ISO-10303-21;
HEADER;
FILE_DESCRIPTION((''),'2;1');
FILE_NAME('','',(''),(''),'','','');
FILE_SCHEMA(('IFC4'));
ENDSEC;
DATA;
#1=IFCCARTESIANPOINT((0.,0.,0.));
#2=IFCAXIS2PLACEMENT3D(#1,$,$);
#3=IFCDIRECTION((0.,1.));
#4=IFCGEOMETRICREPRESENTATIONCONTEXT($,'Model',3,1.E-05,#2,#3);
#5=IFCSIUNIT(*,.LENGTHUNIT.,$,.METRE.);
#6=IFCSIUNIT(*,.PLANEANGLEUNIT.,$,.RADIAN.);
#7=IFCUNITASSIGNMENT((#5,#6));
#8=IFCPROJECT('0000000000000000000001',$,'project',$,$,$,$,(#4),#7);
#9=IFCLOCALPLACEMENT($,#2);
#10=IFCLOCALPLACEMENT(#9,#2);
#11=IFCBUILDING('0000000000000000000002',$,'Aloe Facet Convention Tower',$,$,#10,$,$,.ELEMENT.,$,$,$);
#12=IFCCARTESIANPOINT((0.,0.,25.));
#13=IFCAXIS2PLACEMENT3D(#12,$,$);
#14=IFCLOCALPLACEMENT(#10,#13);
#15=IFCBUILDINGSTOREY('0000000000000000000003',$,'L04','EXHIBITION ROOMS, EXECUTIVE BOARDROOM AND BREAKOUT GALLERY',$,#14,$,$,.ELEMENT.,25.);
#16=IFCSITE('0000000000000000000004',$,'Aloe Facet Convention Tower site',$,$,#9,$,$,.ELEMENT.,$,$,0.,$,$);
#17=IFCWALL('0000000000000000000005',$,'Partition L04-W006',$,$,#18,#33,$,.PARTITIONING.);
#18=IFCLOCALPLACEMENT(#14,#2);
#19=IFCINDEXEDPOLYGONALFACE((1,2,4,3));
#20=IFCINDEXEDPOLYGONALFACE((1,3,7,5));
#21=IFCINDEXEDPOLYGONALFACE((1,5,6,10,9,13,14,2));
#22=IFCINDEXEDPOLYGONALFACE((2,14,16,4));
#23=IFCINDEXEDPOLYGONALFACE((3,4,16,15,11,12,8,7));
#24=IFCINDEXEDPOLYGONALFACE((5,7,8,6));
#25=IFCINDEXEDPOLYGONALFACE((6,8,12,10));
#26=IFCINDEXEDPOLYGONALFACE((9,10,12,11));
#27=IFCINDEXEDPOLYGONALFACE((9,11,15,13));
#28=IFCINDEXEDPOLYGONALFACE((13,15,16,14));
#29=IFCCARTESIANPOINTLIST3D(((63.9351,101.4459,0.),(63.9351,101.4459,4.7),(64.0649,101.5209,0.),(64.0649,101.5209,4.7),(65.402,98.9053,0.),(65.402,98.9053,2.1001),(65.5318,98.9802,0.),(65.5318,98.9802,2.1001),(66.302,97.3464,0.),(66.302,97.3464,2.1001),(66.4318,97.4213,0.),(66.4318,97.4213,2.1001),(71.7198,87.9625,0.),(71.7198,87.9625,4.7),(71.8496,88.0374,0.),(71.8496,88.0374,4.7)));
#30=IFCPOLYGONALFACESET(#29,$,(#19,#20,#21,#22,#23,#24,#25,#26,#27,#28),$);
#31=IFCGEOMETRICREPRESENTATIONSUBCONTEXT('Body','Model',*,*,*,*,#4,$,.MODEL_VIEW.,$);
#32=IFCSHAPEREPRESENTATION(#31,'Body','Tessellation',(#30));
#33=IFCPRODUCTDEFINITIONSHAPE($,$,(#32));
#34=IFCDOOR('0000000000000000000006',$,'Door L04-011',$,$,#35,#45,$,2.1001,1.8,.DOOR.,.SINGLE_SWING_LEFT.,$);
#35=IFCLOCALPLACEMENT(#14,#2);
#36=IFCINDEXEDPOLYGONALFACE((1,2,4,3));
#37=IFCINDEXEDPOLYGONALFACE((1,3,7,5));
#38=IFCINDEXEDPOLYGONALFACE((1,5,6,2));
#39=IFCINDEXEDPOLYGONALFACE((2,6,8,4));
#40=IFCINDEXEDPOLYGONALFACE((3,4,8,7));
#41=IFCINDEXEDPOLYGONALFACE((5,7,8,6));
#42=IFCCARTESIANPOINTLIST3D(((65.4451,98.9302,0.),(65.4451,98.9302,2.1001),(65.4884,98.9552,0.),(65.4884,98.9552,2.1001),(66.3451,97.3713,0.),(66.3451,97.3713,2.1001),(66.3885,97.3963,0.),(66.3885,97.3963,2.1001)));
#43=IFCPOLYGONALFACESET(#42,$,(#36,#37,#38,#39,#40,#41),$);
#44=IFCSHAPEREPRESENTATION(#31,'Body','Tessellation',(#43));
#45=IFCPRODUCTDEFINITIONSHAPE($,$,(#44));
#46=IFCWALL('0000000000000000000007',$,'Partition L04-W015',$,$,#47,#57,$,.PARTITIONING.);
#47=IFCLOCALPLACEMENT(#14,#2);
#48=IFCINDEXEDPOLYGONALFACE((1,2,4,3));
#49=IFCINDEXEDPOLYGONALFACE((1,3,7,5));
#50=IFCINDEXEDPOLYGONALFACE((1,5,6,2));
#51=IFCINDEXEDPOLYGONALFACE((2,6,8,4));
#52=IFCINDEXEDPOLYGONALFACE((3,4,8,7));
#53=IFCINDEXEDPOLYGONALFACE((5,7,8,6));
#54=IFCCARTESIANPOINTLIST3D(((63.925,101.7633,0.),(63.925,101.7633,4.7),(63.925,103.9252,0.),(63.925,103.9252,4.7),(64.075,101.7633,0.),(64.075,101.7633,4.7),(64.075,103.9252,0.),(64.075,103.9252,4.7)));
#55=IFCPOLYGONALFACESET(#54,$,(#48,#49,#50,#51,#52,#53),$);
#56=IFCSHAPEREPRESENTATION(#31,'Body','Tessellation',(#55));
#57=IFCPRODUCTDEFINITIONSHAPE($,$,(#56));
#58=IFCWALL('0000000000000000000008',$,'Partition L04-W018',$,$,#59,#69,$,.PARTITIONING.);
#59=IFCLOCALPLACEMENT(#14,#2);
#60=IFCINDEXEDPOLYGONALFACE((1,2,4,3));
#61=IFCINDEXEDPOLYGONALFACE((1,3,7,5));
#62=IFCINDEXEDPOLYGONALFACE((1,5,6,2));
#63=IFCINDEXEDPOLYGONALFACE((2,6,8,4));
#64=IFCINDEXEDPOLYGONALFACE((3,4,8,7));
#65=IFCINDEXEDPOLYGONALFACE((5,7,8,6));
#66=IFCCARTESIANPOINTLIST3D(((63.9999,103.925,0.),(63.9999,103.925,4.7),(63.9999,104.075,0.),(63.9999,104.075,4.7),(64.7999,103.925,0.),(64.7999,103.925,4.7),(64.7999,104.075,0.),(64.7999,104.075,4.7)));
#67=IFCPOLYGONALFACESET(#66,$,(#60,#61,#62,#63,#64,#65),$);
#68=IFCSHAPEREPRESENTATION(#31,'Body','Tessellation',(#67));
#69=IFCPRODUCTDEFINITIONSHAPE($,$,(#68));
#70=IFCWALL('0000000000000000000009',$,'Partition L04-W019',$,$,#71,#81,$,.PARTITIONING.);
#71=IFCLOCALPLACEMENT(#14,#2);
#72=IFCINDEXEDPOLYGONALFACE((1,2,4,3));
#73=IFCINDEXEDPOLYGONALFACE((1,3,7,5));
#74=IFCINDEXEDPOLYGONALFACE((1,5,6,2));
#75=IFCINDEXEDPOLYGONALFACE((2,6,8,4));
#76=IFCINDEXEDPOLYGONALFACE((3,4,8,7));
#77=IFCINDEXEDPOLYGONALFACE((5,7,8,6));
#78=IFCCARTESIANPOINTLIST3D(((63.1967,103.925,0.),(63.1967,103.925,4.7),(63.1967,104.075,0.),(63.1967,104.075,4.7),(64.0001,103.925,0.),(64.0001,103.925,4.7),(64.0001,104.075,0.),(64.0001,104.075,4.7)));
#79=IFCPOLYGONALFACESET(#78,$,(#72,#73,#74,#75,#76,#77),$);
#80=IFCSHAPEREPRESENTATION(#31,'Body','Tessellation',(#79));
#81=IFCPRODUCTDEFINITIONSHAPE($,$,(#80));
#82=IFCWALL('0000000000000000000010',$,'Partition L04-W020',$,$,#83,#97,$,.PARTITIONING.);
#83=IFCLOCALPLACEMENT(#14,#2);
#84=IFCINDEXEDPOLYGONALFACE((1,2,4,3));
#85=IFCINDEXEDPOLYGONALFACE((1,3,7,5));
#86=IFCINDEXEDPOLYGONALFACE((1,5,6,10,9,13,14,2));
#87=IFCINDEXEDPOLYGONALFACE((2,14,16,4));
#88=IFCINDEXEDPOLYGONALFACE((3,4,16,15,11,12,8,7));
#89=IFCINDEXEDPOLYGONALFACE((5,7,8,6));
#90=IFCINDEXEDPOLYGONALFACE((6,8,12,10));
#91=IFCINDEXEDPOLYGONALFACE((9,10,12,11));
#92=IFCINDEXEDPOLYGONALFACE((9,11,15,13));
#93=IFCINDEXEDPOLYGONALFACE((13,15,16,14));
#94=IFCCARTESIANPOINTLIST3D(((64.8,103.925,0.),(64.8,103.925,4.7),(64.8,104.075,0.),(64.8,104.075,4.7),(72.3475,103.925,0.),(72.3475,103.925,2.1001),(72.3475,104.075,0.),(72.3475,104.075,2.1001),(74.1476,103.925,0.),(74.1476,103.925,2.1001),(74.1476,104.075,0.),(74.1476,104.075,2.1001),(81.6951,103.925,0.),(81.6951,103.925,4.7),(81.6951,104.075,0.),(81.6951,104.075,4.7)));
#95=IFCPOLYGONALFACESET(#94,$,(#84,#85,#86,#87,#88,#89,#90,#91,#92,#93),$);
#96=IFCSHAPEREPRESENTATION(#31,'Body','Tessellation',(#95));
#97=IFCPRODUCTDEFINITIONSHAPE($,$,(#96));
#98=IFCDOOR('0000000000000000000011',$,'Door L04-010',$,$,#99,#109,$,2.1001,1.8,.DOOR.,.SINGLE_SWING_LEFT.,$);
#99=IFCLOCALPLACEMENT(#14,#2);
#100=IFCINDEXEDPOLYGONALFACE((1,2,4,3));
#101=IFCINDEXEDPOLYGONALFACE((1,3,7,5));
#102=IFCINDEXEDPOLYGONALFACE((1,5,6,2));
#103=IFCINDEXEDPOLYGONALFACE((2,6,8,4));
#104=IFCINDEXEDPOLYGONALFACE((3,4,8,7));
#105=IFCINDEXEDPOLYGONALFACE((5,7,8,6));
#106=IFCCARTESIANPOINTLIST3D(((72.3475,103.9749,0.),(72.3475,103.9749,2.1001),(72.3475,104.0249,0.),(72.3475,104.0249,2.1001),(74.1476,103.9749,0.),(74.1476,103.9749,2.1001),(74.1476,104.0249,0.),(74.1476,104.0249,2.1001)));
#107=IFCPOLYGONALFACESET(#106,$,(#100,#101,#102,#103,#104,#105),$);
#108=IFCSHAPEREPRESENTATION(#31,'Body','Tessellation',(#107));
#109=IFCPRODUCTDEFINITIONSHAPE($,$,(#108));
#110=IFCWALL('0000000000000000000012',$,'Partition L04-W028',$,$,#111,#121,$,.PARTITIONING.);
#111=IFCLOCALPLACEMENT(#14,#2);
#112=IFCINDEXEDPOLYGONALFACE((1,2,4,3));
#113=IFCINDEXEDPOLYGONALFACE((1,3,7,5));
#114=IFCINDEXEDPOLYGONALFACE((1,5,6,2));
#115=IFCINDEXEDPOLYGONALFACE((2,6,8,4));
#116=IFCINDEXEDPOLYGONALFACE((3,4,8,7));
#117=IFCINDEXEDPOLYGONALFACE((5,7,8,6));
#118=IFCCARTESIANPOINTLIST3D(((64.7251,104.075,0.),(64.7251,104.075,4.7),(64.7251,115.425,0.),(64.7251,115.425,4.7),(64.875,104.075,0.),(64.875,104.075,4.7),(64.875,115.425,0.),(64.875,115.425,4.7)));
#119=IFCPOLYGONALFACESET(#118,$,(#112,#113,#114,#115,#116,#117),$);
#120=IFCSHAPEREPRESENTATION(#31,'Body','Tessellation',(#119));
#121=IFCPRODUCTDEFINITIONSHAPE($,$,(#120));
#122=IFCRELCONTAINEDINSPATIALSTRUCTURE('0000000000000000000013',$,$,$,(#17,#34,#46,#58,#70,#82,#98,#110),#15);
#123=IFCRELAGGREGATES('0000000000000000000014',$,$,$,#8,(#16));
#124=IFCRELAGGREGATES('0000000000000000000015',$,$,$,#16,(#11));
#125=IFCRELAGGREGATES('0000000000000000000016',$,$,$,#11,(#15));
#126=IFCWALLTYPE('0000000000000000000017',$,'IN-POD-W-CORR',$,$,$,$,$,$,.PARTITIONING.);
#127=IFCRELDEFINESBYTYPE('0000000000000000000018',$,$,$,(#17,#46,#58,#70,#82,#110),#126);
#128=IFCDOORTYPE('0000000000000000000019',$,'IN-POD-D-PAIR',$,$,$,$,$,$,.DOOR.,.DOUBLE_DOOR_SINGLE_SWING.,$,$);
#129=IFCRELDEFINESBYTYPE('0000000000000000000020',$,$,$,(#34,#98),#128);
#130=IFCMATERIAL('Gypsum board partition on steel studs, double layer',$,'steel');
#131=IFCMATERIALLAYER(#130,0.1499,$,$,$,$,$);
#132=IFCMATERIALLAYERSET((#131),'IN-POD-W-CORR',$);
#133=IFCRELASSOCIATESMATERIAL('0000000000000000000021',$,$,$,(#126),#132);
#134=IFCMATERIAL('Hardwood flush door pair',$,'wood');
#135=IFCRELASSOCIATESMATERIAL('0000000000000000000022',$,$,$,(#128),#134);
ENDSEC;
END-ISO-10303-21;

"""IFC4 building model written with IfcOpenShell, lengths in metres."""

from ifc_helpers import new_model, si_unit, direction, frame, frame_2d, origin, place, context, subcontext, project, spatial, rectangle, extrude, material, layer, layer_set, type_object, element, fill, save


model = new_model("IFC4")

# Units and contexts
model_context = context("Model", 3, precision=1e-05, world=origin(), true_north=direction((0.0, 1.0)))
body_context = subcontext(model_context, "Body", "Model", "MODEL_VIEW")
ifc_project = project(units=[si_unit("LENGTHUNIT", "METRE"), si_unit("PLANEANGLEUNIT", "RADIAN")], contexts=[model_context])

# Site, building, storey
site_placement = place(None, origin())
site = spatial("IfcSite", under=ifc_project, at=site_placement, Name="Aloe Facet Convention Tower site", CompositionType="ELEMENT", RefElevation=0.0)
building_placement = place(site_placement, origin())
building = spatial("IfcBuilding", under=site, at=building_placement, Name="Aloe Facet Convention Tower", CompositionType="ELEMENT")
storey_placement = place(building_placement, frame((0.0, 0.0, 25.0)))
storey = spatial("IfcBuildingStorey", under=building, at=storey_placement, Name="L04", Description="EXHIBITION ROOMS, EXECUTIVE BOARDROOM AND BREAKOUT GALLERY", CompositionType="ELEMENT", Elevation=25.0)

# Wall, opening, door
ifc_material_1 = material(Name="Gypsum board partition on steel studs, double layer", Category="steel")
ifc_layer_1 = layer(ifc_material_1, 0.1499)
ifc_layer_set_1 = layer_set([ifc_layer_1], Name="IN-POD-W-CORR")
wall_type_1 = type_object("IfcWallType", Name="IN-POD-W-CORR", PredefinedType="PARTITIONING", material=ifc_layer_set_1)
wall_1_placement = place(storey_placement, frame((64.0, 101.4834, 0.0), z_axis=(0.0, 0.0, 1.0), x_axis=(0.500001, -0.866025, 0.0)))
wall_1 = element("IfcWall", 1, at=wall_1_placement, inside=storey, type_object=wall_type_1, Name="Partition L04-W006", PredefinedType="PARTITIONING", context=body_context, shape_type="SweptSolid", body=[
    extrude(rectangle(XDim=15.5693, YDim=0.1499, at=frame_2d((7.7847, 0.0))), origin(), (0.0, 0.0, 1.0), 4.7),
])
opening_1_placement = place(wall_1_placement, frame((2.9338, 0.0, 0.0)))
opening_1 = element("IfcOpeningElement", 2, at=opening_1_placement, cuts=wall_1, PredefinedType="OPENING", context=body_context, shape_type="SweptSolid", body=[
    extrude(rectangle(XDim=1.8, YDim=2.1001, at=frame_2d((0.8999, 1.05))), frame((0.0, 0.085, 0.0), z_axis=(0.0, -1.0, 0.0), x_axis=(1.0, 0.0, 0.0)), (0.0, 0.0, 1.0), 0.1699),
])
ifc_material_2 = material(Name="Hardwood flush door pair", Category="wood")
door_type_1 = type_object("IfcDoorType", Name="IN-POD-D-PAIR", OperationType="DOUBLE_DOOR_SINGLE_SWING", PredefinedType="DOOR", material=ifc_material_2)
door_1_placement = place(opening_1_placement, origin())
door_1 = element("IfcDoor", 3, at=door_1_placement, inside=storey, type_object=door_type_1, Name="Door L04-011", OperationType="SINGLE_SWING_LEFT", OverallHeight=2.1001, OverallWidth=1.8, PredefinedType="DOOR", context=body_context, shape_type="SweptSolid", body=[
    extrude(rectangle(XDim=1.8, YDim=2.1001, at=frame_2d((0.8999, 1.05))), frame((0.0, 0.0249, 0.0), z_axis=(0.0, -1.0, 0.0), x_axis=(1.0, 0.0, 0.0)), (0.0, 0.0, 1.0), 0.05),
])
fill(opening_1, door_1)

# Walls
wall_2_placement = place(storey_placement, frame((64.0, 101.7632, 0.0), z_axis=(0.0, 0.0, 1.0), x_axis=(0.0, 1.0, 0.0)))
element("IfcWall", 4, at=wall_2_placement, inside=storey, type_object=wall_type_1, Name="Partition L04-W015", PredefinedType="PARTITIONING", context=body_context, shape_type="SweptSolid", body=[
    extrude(rectangle(XDim=2.1619, YDim=0.1499, at=frame_2d((1.0811, 0.0))), origin(), (0.0, 0.0, 1.0), 4.7),
])
wall_3_placement = place(storey_placement, frame((64.0, 104.0, 0.0), z_axis=(0.0, 0.0, 1.0), x_axis=(1.0, 0.0, 0.0)))
element("IfcWall", 5, at=wall_3_placement, inside=storey, type_object=wall_type_1, Name="Partition L04-W018", PredefinedType="PARTITIONING", context=body_context, shape_type="SweptSolid", body=[
    extrude(rectangle(XDim=0.8, YDim=0.1499, at=frame_2d((0.3999, 0.0))), origin(), (0.0, 0.0, 1.0), 4.7),
])
wall_4_placement = place(storey_placement, frame((63.1965, 104.0, 0.0), z_axis=(0.0, 0.0, 1.0), x_axis=(1.0, 0.0, 0.0)))
element("IfcWall", 6, at=wall_4_placement, inside=storey, type_object=wall_type_1, Name="Partition L04-W019", PredefinedType="PARTITIONING", context=body_context, shape_type="SweptSolid", body=[
    extrude(rectangle(XDim=0.8035, YDim=0.1499, at=frame_2d((0.4019, 0.0))), origin(), (0.0, 0.0, 1.0), 4.7),
])

# Wall, opening, door
wall_5_placement = place(storey_placement, frame((64.8, 104.0, 0.0), z_axis=(0.0, 0.0, 1.0), x_axis=(1.0, 0.0, 0.0)))
wall_5 = element("IfcWall", 7, at=wall_5_placement, inside=storey, type_object=wall_type_1, Name="Partition L04-W020", PredefinedType="PARTITIONING", context=body_context, shape_type="SweptSolid", body=[
    extrude(rectangle(XDim=16.895, YDim=0.1499, at=frame_2d((8.4475, 0.0))), origin(), (0.0, 0.0, 1.0), 4.7),
])
opening_2_placement = place(wall_5_placement, frame((7.5476, 0.0, 0.0)))
opening_2 = element("IfcOpeningElement", 8, at=opening_2_placement, cuts=wall_5, PredefinedType="OPENING", context=body_context, shape_type="SweptSolid", body=[
    extrude(rectangle(XDim=1.8, YDim=2.1001, at=frame_2d((0.8999, 1.05))), frame((0.0, 0.085, 0.0), z_axis=(0.0, -1.0, 0.0), x_axis=(1.0, 0.0, 0.0)), (0.0, 0.0, 1.0), 0.1699),
])
door_2_placement = place(opening_2_placement, origin())
door_2 = element("IfcDoor", 9, at=door_2_placement, inside=storey, type_object=door_type_1, Name="Door L04-010", OperationType="SINGLE_SWING_LEFT", OverallHeight=2.1001, OverallWidth=1.8, PredefinedType="DOOR", context=body_context, shape_type="SweptSolid", body=[
    extrude(rectangle(XDim=1.8, YDim=2.1001, at=frame_2d((0.8999, 1.05))), frame((0.0, 0.0249, 0.0), z_axis=(0.0, -1.0, 0.0), x_axis=(1.0, 0.0, 0.0)), (0.0, 0.0, 1.0), 0.05),
])
fill(opening_2, door_2)

# Wall
wall_6_placement = place(storey_placement, frame((64.8, 104.075, 0.0), z_axis=(0.0, 0.0, 1.0), x_axis=(0.0, 1.0, 0.0)))
element("IfcWall", 10, at=wall_6_placement, inside=storey, type_object=wall_type_1, Name="Partition L04-W028", PredefinedType="PARTITIONING", context=body_context, shape_type="SweptSolid", body=[
    extrude(rectangle(XDim=11.3501, YDim=0.1499, at=frame_2d((5.675, 0.0))), origin(), (0.0, 0.0, 1.0), 4.7),
])

save(model, "model.ifc")
